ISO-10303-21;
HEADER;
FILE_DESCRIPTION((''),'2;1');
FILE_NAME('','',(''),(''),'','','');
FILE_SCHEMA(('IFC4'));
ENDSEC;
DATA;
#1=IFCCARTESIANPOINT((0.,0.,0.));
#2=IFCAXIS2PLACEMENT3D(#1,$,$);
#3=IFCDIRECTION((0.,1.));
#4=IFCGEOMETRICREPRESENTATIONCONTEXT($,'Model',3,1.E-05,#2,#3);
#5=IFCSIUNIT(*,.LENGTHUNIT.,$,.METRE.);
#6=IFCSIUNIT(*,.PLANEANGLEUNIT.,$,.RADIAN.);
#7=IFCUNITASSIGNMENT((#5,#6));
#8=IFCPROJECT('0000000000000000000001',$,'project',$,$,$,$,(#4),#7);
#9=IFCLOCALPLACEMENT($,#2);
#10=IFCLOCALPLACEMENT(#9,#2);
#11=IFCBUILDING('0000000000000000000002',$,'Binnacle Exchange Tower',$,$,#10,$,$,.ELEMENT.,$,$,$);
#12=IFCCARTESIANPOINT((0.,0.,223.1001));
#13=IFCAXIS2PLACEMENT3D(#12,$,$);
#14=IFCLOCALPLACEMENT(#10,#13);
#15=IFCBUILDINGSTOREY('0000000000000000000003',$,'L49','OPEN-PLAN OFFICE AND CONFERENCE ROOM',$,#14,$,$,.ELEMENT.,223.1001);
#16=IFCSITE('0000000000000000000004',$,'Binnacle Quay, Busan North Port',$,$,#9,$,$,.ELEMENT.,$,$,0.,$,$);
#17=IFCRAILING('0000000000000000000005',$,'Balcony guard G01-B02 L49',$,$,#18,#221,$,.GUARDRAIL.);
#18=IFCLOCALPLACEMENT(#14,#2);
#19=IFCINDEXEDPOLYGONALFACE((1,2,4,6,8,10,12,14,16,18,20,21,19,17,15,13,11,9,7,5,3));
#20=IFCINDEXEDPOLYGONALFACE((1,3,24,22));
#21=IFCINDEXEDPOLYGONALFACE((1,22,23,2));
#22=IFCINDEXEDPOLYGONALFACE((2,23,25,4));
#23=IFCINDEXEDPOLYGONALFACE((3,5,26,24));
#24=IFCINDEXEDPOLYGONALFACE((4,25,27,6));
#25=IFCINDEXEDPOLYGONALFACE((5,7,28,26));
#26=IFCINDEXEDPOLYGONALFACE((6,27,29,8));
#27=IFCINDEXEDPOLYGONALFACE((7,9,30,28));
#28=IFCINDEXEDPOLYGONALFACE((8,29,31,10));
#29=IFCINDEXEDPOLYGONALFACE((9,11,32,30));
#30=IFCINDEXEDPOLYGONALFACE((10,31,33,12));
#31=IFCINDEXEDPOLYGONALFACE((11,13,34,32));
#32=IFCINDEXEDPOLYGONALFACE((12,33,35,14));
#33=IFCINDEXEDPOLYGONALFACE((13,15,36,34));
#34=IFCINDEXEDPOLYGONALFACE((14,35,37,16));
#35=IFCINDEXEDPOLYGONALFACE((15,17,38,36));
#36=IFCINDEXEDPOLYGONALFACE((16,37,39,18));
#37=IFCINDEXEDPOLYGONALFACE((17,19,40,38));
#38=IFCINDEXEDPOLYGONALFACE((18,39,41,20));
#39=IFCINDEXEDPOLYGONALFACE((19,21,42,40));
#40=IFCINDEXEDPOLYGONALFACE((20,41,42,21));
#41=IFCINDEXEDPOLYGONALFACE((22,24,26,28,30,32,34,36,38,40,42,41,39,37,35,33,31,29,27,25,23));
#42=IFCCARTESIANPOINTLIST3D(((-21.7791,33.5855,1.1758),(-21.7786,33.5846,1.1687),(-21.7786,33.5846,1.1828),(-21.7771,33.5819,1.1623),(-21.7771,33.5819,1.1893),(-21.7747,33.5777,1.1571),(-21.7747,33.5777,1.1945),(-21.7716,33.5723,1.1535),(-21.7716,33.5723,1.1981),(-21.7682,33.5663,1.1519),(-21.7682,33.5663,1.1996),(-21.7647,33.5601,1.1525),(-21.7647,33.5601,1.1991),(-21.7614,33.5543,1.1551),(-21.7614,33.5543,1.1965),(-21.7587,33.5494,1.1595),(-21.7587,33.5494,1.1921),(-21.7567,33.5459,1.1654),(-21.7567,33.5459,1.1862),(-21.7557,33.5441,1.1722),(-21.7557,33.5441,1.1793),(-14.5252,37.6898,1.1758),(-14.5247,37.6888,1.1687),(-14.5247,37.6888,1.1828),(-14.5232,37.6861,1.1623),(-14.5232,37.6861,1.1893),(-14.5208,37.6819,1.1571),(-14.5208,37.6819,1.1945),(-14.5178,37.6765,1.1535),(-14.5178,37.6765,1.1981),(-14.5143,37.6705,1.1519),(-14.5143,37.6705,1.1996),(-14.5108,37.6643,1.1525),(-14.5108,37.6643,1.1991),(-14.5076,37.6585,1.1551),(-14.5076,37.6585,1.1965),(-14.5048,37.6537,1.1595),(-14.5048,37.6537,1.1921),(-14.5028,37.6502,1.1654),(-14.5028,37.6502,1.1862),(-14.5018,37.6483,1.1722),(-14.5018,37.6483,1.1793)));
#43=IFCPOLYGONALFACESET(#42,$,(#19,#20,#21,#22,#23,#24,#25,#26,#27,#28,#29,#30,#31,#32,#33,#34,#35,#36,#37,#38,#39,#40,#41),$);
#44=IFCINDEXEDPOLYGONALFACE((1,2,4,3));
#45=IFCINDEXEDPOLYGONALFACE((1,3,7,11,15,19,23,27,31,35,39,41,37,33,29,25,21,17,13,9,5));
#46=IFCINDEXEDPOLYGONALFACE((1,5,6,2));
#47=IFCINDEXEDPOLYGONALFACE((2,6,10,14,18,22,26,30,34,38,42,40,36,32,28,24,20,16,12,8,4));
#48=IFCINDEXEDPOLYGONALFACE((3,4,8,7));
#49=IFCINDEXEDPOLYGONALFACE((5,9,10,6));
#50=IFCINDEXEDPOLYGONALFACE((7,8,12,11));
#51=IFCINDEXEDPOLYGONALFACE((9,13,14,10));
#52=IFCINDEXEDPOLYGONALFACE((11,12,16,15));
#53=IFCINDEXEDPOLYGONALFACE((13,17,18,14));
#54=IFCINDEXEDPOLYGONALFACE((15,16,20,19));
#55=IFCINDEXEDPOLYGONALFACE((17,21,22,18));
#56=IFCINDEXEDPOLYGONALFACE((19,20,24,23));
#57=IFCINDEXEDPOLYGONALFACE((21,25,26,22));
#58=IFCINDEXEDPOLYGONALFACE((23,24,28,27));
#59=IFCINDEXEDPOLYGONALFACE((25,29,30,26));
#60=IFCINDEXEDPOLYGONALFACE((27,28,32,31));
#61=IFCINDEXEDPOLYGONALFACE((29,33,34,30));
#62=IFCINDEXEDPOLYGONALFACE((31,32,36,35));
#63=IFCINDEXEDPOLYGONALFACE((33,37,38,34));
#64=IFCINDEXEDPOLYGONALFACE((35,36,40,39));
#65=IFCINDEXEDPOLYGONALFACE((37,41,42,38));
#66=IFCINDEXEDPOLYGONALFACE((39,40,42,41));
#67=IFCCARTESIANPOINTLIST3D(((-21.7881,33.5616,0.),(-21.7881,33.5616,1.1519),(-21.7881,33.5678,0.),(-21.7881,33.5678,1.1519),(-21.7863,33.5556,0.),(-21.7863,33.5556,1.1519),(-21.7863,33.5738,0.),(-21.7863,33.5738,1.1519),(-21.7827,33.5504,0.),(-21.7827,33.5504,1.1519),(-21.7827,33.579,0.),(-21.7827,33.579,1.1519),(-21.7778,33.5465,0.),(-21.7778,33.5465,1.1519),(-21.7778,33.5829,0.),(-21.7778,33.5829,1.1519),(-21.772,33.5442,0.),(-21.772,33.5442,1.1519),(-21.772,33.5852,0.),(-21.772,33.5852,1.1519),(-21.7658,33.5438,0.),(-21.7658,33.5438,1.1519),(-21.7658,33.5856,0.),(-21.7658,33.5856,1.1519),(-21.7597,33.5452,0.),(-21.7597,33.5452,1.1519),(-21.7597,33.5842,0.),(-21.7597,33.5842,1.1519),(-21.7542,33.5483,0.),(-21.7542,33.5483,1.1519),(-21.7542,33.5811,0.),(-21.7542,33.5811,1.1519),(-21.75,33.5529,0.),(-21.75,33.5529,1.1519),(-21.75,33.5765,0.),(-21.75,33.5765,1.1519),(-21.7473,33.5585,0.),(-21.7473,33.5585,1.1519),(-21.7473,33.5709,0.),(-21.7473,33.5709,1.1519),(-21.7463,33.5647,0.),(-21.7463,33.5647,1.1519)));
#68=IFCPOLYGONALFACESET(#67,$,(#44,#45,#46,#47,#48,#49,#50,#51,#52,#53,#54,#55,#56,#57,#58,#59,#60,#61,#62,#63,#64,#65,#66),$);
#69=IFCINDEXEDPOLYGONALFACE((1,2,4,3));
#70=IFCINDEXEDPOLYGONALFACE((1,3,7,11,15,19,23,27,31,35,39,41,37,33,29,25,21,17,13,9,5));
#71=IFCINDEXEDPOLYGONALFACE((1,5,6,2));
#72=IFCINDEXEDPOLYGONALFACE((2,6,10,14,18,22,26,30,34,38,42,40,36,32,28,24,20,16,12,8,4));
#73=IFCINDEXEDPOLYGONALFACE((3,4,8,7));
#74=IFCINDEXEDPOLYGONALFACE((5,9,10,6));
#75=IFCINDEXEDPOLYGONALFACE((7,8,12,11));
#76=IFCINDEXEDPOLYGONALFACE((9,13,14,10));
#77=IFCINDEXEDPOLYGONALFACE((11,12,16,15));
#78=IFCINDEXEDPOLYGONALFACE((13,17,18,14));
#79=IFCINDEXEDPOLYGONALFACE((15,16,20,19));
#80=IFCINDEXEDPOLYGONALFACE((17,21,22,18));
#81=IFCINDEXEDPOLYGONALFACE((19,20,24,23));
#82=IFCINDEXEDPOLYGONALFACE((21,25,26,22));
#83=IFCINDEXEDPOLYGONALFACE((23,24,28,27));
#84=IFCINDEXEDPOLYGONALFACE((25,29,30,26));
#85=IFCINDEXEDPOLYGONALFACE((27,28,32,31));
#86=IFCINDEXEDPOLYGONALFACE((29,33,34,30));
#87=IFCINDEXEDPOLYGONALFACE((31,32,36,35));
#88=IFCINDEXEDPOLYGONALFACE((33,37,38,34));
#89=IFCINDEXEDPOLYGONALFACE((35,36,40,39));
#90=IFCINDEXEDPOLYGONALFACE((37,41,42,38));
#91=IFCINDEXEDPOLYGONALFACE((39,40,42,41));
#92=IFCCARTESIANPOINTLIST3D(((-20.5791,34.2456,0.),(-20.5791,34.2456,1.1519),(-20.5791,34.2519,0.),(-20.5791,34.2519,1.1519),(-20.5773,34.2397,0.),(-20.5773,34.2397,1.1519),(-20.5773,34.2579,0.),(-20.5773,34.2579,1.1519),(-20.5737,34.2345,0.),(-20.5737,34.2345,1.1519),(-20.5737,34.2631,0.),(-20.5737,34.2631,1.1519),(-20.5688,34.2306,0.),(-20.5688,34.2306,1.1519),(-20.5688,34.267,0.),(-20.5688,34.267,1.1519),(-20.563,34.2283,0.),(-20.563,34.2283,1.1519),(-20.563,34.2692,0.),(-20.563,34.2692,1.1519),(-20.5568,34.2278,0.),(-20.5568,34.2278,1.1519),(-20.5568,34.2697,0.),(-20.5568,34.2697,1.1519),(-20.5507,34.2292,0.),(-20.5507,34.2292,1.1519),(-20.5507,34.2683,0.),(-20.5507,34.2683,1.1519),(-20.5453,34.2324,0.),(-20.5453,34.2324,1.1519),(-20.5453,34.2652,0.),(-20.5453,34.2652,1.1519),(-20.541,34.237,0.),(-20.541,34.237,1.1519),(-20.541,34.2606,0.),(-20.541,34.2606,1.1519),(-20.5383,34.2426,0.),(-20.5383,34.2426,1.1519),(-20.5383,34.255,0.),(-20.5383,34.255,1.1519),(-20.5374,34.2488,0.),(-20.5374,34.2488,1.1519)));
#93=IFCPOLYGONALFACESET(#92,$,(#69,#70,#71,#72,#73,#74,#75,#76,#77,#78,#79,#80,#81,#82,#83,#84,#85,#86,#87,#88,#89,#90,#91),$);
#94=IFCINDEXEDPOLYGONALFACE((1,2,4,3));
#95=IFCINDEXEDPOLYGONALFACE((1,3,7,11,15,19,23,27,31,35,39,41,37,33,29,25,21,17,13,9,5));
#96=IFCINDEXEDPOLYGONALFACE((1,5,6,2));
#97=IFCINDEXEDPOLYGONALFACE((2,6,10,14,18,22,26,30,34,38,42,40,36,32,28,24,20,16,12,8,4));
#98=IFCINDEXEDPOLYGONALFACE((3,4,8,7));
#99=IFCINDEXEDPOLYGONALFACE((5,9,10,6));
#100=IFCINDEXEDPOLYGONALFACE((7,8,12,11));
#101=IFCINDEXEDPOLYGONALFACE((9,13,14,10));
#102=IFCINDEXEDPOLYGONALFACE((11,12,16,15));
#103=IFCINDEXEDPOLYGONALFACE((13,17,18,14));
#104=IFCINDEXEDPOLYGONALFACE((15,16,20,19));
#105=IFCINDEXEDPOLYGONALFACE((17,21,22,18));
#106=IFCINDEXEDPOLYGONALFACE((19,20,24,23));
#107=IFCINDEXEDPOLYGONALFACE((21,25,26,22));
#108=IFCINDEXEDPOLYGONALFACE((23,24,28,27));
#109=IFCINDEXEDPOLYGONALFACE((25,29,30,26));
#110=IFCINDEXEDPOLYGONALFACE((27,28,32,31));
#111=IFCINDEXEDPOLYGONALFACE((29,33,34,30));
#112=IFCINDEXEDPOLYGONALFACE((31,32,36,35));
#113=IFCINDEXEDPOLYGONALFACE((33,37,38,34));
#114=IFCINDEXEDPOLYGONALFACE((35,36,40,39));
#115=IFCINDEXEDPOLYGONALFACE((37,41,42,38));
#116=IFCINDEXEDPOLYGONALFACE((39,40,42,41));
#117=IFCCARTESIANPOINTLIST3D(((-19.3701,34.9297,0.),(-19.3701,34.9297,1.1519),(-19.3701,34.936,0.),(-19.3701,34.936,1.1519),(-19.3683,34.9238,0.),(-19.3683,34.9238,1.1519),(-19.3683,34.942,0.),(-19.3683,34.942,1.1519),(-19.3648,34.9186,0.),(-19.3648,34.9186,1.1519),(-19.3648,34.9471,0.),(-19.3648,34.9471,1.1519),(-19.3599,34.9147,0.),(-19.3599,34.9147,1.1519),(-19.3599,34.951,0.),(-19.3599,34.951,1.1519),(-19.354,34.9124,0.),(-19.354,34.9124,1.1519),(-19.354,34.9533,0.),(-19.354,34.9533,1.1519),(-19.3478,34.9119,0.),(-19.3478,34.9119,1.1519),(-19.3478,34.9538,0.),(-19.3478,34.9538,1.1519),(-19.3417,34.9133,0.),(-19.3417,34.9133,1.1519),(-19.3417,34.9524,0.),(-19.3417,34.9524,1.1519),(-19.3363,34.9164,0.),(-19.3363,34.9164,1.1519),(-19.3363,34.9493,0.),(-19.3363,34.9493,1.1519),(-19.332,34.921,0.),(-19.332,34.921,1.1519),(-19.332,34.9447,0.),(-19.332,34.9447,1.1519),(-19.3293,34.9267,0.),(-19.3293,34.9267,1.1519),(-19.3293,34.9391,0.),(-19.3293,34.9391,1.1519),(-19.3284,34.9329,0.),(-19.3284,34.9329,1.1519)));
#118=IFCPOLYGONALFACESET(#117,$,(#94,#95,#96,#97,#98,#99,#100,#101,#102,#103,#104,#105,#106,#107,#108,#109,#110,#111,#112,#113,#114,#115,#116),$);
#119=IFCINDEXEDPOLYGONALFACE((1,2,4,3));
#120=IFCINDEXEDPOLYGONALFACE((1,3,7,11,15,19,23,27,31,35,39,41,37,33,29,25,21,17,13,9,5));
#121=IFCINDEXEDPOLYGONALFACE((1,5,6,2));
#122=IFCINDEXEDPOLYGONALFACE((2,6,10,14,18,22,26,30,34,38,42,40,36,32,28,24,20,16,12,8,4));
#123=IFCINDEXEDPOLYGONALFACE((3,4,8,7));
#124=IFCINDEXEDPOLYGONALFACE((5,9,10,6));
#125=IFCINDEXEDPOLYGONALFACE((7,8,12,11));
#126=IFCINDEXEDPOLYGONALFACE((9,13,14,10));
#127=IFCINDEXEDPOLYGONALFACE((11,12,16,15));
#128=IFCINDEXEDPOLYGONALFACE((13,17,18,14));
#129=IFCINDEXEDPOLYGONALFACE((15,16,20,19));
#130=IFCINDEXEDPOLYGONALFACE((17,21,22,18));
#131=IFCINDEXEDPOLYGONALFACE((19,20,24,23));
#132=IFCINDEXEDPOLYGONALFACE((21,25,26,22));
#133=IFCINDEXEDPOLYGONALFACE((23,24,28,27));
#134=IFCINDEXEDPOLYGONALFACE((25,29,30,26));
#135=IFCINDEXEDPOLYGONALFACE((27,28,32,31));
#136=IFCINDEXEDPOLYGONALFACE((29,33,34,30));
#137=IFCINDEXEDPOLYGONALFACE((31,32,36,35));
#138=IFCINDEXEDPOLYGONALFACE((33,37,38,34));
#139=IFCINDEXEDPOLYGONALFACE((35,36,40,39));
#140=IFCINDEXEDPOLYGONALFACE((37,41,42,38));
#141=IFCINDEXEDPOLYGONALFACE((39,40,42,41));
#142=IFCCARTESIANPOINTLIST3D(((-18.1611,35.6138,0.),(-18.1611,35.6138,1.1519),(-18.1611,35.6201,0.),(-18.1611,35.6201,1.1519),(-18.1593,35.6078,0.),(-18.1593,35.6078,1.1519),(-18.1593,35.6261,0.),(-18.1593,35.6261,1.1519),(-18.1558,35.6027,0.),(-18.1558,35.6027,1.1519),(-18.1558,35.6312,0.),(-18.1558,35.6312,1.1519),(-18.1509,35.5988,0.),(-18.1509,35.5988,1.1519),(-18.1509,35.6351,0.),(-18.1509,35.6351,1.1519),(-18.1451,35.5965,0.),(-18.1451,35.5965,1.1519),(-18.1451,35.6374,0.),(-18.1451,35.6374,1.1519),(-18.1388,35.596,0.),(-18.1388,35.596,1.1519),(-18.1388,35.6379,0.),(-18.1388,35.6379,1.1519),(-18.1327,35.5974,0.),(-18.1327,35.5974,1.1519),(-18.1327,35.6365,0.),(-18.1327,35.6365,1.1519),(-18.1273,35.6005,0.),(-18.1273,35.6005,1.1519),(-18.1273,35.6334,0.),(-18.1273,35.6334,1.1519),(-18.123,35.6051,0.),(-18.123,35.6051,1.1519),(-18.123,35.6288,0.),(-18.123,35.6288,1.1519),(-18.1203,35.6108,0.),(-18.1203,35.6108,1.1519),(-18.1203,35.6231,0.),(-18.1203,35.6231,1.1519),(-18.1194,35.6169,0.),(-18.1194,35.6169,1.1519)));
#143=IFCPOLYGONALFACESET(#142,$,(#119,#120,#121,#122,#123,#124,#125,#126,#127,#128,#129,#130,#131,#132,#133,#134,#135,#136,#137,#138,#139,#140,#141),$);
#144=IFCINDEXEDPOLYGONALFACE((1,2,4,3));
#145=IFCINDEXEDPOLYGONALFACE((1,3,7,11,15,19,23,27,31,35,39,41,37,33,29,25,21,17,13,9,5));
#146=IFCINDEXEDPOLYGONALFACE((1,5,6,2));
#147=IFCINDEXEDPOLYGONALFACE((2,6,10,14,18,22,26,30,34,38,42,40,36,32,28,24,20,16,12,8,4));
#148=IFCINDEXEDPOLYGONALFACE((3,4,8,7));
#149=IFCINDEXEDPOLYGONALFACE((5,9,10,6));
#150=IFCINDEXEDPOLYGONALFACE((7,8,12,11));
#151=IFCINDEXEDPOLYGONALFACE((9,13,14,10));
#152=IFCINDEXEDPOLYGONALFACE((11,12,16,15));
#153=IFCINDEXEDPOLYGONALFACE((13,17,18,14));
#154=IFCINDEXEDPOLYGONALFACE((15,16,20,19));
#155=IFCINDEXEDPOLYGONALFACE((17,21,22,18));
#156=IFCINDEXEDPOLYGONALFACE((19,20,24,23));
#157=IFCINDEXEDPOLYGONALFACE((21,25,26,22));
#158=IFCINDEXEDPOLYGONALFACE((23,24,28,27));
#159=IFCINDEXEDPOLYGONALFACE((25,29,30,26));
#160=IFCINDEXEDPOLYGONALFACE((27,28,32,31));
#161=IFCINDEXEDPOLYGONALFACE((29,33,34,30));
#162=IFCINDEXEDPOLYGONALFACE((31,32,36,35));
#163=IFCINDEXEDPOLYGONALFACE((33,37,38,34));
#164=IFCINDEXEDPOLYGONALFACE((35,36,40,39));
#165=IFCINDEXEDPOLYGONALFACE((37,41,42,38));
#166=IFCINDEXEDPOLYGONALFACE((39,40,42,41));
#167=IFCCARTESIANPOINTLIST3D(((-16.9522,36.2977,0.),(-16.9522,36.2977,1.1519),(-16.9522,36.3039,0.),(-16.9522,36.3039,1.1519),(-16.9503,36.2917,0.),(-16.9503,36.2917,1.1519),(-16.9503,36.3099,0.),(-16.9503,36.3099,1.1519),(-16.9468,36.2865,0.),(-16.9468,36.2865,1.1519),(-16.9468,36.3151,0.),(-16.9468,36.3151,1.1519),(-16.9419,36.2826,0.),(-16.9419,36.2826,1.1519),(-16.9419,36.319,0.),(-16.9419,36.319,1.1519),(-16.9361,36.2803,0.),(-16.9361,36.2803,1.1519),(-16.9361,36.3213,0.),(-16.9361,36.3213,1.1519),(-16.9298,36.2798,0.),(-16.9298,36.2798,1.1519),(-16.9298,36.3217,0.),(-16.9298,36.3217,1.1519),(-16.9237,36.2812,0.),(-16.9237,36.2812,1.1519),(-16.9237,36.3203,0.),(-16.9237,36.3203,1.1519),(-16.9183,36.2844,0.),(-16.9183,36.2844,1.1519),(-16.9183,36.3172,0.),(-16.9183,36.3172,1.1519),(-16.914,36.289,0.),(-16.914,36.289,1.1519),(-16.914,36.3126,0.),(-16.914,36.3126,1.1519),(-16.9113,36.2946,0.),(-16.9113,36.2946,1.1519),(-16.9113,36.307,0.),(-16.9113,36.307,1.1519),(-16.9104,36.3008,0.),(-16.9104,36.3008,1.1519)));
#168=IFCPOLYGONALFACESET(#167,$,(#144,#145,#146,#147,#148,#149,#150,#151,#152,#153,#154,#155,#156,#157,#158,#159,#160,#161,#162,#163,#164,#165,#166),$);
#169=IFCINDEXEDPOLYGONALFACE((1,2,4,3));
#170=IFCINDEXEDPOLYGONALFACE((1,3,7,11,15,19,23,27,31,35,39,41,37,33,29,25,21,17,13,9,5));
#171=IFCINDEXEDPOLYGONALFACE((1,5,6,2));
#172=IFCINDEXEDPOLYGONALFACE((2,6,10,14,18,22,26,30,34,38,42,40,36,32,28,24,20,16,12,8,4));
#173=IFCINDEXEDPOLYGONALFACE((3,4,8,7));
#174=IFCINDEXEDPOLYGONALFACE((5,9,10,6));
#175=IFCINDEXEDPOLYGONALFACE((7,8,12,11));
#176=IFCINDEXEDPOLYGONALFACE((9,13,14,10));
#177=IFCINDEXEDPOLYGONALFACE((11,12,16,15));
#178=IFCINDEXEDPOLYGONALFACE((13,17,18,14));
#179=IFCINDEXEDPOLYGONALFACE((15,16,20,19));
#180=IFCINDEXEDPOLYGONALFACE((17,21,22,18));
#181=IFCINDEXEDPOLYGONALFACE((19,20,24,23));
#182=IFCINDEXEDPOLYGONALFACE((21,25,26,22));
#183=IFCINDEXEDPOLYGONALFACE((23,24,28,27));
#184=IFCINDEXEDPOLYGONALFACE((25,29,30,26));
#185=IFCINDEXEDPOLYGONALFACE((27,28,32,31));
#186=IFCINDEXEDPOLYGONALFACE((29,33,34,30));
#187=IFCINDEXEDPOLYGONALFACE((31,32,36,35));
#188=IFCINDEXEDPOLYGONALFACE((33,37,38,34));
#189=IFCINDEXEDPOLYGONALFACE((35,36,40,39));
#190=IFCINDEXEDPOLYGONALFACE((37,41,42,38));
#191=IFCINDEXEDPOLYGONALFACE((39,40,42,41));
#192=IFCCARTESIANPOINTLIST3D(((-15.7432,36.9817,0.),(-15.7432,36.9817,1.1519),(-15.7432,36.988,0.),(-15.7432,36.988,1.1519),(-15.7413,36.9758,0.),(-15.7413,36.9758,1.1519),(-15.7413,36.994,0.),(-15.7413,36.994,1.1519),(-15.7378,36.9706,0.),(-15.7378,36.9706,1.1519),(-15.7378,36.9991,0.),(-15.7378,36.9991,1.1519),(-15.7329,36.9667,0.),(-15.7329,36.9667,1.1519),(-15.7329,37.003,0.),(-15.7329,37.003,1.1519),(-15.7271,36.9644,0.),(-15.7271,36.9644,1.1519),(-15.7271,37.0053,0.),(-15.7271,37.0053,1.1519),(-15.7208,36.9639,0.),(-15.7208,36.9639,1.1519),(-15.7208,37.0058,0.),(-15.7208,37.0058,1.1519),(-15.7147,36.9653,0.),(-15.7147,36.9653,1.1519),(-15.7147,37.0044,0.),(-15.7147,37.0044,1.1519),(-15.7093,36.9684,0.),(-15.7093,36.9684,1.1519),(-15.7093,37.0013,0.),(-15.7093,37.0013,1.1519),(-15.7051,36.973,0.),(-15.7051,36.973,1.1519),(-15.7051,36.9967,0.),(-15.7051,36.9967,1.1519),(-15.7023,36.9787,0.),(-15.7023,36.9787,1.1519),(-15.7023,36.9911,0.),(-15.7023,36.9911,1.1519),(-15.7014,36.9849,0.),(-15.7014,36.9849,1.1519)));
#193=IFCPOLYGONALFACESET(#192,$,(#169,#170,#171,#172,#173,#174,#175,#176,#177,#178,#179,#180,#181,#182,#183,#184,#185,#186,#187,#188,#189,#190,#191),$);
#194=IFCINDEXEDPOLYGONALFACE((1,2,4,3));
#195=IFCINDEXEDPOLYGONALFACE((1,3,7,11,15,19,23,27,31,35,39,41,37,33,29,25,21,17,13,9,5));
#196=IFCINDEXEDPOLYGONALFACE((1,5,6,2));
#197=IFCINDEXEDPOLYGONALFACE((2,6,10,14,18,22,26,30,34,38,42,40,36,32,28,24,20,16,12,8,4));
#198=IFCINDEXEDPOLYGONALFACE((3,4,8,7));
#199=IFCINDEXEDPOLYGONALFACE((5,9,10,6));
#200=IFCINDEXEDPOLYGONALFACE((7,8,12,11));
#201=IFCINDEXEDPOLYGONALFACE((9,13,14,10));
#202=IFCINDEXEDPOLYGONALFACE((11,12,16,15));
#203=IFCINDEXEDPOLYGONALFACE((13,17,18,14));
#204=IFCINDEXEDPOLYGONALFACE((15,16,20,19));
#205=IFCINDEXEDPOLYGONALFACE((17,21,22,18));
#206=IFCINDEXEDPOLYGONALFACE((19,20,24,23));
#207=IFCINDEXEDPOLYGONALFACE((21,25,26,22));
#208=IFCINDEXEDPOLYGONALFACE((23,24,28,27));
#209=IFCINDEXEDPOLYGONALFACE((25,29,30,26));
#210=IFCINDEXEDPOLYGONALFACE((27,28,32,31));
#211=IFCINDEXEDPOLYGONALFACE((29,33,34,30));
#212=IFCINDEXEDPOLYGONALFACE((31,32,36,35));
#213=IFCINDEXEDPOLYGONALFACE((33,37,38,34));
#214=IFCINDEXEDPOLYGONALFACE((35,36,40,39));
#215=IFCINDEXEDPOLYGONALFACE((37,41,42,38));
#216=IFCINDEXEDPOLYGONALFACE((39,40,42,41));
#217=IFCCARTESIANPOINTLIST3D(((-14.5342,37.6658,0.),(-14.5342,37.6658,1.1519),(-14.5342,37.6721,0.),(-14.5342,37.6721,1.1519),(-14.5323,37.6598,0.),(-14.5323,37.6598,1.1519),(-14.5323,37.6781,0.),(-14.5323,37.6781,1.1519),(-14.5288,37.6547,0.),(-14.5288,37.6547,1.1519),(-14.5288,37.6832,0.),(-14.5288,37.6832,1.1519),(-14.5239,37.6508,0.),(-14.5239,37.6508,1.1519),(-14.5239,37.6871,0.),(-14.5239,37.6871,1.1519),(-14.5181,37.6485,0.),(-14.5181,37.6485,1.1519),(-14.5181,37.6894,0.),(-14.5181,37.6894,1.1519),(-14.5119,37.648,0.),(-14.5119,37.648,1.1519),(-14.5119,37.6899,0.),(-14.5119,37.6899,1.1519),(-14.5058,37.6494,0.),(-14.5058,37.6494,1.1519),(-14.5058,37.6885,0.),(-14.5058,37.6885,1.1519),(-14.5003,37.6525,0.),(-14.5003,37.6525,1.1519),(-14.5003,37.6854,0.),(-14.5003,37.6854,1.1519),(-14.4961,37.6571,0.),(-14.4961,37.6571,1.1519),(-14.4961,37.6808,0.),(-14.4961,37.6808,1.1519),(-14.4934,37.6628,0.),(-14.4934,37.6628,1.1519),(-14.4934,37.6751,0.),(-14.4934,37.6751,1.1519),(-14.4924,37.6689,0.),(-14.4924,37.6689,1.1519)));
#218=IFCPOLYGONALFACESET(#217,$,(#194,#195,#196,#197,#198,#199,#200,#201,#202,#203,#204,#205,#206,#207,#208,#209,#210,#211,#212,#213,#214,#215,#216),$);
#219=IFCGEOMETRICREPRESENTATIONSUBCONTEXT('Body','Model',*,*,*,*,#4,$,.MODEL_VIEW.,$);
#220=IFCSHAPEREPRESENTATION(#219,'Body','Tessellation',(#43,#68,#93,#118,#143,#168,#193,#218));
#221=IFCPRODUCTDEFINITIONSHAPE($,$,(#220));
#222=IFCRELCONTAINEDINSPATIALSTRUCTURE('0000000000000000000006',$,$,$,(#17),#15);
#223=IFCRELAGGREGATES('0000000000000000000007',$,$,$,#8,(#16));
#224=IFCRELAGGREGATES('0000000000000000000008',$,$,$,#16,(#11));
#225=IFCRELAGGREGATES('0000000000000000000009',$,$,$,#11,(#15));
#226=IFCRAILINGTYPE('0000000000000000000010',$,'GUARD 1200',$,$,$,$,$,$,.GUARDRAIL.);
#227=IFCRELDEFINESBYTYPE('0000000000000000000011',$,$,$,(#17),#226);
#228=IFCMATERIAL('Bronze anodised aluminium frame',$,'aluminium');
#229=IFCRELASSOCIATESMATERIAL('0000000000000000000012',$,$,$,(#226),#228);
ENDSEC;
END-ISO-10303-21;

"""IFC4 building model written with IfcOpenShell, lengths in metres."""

from ifc_helpers import new_model, si_unit, direction, frame, origin, origin_2d, place, context, subcontext, project, spatial, circle, extrude, material, type_object, element, save


model = new_model("IFC4")

# Units and contexts
model_context = context("Model", 3, precision=1e-05, world=origin(), true_north=direction((0.0, 1.0)))
body_context = subcontext(model_context, "Body", "Model", "MODEL_VIEW")
ifc_project = project(units=[si_unit("LENGTHUNIT", "METRE"), si_unit("PLANEANGLEUNIT", "RADIAN")], contexts=[model_context])

# Site, building, storey
site_placement = place(None, origin())
site = spatial("IfcSite", under=ifc_project, at=site_placement, Name="Binnacle Quay, Busan North Port", CompositionType="ELEMENT", RefElevation=0.0)
building_placement = place(site_placement, origin())
building = spatial("IfcBuilding", under=site, at=building_placement, Name="Binnacle Exchange Tower", CompositionType="ELEMENT")
storey_placement = place(building_placement, frame((0.0, 0.0, 223.1001)))
storey = spatial("IfcBuildingStorey", under=building, at=storey_placement, Name="L49", Description="OPEN-PLAN OFFICE AND CONFERENCE ROOM", CompositionType="ELEMENT", Elevation=223.1001)

# Railing
ifc_material_1 = material(Name="Bronze anodised aluminium frame", Category="aluminium")
railing_type = type_object("IfcRailingType", Name="GUARD 1200", PredefinedType="GUARDRAIL", material=ifc_material_1)
railing_placement = place(storey_placement, frame((-21.7673, 33.5647, 0.0)))
element("IfcRailing", 1, at=railing_placement, inside=storey, type_object=railing_type, Name="Balcony guard G01-B02 L49", PredefinedType="GUARDRAIL", context=body_context, shape_type="SweptSolid", body=[
    extrude(circle(Radius=0.0239, at=origin_2d()), frame((0.0, 0.0, 1.1758), z_axis=(0.870346, 0.49244, 0.0), x_axis=(-0.49244, 0.870346, 0.0)), (0.0, 0.0, 1.0), 8.3345),
    extrude(circle(Radius=0.021, at=origin_2d()), origin(), (0.0, 0.0, 1.0), 1.1519),
    extrude(circle(Radius=0.021, at=origin_2d()), frame((1.209, 0.6841, 0.0)), (0.0, 0.0, 1.0), 1.1519),
    extrude(circle(Radius=0.021, at=origin_2d()), frame((2.418, 1.3682, 0.0)), (0.0, 0.0, 1.0), 1.1519),
    extrude(circle(Radius=0.021, at=origin_2d()), frame((3.627, 2.0522, 0.0)), (0.0, 0.0, 1.0), 1.1519),
    extrude(circle(Radius=0.021, at=origin_2d()), frame((4.8359, 2.7361, 0.0)), (0.0, 0.0, 1.0), 1.1519),
    extrude(circle(Radius=0.021, at=origin_2d()), frame((6.0449, 3.4202, 0.0)), (0.0, 0.0, 1.0), 1.1519),
    extrude(circle(Radius=0.021, at=origin_2d()), frame((7.2539, 4.1042, 0.0)), (0.0, 0.0, 1.0), 1.1519),
])

save(model, "model.ifc")
